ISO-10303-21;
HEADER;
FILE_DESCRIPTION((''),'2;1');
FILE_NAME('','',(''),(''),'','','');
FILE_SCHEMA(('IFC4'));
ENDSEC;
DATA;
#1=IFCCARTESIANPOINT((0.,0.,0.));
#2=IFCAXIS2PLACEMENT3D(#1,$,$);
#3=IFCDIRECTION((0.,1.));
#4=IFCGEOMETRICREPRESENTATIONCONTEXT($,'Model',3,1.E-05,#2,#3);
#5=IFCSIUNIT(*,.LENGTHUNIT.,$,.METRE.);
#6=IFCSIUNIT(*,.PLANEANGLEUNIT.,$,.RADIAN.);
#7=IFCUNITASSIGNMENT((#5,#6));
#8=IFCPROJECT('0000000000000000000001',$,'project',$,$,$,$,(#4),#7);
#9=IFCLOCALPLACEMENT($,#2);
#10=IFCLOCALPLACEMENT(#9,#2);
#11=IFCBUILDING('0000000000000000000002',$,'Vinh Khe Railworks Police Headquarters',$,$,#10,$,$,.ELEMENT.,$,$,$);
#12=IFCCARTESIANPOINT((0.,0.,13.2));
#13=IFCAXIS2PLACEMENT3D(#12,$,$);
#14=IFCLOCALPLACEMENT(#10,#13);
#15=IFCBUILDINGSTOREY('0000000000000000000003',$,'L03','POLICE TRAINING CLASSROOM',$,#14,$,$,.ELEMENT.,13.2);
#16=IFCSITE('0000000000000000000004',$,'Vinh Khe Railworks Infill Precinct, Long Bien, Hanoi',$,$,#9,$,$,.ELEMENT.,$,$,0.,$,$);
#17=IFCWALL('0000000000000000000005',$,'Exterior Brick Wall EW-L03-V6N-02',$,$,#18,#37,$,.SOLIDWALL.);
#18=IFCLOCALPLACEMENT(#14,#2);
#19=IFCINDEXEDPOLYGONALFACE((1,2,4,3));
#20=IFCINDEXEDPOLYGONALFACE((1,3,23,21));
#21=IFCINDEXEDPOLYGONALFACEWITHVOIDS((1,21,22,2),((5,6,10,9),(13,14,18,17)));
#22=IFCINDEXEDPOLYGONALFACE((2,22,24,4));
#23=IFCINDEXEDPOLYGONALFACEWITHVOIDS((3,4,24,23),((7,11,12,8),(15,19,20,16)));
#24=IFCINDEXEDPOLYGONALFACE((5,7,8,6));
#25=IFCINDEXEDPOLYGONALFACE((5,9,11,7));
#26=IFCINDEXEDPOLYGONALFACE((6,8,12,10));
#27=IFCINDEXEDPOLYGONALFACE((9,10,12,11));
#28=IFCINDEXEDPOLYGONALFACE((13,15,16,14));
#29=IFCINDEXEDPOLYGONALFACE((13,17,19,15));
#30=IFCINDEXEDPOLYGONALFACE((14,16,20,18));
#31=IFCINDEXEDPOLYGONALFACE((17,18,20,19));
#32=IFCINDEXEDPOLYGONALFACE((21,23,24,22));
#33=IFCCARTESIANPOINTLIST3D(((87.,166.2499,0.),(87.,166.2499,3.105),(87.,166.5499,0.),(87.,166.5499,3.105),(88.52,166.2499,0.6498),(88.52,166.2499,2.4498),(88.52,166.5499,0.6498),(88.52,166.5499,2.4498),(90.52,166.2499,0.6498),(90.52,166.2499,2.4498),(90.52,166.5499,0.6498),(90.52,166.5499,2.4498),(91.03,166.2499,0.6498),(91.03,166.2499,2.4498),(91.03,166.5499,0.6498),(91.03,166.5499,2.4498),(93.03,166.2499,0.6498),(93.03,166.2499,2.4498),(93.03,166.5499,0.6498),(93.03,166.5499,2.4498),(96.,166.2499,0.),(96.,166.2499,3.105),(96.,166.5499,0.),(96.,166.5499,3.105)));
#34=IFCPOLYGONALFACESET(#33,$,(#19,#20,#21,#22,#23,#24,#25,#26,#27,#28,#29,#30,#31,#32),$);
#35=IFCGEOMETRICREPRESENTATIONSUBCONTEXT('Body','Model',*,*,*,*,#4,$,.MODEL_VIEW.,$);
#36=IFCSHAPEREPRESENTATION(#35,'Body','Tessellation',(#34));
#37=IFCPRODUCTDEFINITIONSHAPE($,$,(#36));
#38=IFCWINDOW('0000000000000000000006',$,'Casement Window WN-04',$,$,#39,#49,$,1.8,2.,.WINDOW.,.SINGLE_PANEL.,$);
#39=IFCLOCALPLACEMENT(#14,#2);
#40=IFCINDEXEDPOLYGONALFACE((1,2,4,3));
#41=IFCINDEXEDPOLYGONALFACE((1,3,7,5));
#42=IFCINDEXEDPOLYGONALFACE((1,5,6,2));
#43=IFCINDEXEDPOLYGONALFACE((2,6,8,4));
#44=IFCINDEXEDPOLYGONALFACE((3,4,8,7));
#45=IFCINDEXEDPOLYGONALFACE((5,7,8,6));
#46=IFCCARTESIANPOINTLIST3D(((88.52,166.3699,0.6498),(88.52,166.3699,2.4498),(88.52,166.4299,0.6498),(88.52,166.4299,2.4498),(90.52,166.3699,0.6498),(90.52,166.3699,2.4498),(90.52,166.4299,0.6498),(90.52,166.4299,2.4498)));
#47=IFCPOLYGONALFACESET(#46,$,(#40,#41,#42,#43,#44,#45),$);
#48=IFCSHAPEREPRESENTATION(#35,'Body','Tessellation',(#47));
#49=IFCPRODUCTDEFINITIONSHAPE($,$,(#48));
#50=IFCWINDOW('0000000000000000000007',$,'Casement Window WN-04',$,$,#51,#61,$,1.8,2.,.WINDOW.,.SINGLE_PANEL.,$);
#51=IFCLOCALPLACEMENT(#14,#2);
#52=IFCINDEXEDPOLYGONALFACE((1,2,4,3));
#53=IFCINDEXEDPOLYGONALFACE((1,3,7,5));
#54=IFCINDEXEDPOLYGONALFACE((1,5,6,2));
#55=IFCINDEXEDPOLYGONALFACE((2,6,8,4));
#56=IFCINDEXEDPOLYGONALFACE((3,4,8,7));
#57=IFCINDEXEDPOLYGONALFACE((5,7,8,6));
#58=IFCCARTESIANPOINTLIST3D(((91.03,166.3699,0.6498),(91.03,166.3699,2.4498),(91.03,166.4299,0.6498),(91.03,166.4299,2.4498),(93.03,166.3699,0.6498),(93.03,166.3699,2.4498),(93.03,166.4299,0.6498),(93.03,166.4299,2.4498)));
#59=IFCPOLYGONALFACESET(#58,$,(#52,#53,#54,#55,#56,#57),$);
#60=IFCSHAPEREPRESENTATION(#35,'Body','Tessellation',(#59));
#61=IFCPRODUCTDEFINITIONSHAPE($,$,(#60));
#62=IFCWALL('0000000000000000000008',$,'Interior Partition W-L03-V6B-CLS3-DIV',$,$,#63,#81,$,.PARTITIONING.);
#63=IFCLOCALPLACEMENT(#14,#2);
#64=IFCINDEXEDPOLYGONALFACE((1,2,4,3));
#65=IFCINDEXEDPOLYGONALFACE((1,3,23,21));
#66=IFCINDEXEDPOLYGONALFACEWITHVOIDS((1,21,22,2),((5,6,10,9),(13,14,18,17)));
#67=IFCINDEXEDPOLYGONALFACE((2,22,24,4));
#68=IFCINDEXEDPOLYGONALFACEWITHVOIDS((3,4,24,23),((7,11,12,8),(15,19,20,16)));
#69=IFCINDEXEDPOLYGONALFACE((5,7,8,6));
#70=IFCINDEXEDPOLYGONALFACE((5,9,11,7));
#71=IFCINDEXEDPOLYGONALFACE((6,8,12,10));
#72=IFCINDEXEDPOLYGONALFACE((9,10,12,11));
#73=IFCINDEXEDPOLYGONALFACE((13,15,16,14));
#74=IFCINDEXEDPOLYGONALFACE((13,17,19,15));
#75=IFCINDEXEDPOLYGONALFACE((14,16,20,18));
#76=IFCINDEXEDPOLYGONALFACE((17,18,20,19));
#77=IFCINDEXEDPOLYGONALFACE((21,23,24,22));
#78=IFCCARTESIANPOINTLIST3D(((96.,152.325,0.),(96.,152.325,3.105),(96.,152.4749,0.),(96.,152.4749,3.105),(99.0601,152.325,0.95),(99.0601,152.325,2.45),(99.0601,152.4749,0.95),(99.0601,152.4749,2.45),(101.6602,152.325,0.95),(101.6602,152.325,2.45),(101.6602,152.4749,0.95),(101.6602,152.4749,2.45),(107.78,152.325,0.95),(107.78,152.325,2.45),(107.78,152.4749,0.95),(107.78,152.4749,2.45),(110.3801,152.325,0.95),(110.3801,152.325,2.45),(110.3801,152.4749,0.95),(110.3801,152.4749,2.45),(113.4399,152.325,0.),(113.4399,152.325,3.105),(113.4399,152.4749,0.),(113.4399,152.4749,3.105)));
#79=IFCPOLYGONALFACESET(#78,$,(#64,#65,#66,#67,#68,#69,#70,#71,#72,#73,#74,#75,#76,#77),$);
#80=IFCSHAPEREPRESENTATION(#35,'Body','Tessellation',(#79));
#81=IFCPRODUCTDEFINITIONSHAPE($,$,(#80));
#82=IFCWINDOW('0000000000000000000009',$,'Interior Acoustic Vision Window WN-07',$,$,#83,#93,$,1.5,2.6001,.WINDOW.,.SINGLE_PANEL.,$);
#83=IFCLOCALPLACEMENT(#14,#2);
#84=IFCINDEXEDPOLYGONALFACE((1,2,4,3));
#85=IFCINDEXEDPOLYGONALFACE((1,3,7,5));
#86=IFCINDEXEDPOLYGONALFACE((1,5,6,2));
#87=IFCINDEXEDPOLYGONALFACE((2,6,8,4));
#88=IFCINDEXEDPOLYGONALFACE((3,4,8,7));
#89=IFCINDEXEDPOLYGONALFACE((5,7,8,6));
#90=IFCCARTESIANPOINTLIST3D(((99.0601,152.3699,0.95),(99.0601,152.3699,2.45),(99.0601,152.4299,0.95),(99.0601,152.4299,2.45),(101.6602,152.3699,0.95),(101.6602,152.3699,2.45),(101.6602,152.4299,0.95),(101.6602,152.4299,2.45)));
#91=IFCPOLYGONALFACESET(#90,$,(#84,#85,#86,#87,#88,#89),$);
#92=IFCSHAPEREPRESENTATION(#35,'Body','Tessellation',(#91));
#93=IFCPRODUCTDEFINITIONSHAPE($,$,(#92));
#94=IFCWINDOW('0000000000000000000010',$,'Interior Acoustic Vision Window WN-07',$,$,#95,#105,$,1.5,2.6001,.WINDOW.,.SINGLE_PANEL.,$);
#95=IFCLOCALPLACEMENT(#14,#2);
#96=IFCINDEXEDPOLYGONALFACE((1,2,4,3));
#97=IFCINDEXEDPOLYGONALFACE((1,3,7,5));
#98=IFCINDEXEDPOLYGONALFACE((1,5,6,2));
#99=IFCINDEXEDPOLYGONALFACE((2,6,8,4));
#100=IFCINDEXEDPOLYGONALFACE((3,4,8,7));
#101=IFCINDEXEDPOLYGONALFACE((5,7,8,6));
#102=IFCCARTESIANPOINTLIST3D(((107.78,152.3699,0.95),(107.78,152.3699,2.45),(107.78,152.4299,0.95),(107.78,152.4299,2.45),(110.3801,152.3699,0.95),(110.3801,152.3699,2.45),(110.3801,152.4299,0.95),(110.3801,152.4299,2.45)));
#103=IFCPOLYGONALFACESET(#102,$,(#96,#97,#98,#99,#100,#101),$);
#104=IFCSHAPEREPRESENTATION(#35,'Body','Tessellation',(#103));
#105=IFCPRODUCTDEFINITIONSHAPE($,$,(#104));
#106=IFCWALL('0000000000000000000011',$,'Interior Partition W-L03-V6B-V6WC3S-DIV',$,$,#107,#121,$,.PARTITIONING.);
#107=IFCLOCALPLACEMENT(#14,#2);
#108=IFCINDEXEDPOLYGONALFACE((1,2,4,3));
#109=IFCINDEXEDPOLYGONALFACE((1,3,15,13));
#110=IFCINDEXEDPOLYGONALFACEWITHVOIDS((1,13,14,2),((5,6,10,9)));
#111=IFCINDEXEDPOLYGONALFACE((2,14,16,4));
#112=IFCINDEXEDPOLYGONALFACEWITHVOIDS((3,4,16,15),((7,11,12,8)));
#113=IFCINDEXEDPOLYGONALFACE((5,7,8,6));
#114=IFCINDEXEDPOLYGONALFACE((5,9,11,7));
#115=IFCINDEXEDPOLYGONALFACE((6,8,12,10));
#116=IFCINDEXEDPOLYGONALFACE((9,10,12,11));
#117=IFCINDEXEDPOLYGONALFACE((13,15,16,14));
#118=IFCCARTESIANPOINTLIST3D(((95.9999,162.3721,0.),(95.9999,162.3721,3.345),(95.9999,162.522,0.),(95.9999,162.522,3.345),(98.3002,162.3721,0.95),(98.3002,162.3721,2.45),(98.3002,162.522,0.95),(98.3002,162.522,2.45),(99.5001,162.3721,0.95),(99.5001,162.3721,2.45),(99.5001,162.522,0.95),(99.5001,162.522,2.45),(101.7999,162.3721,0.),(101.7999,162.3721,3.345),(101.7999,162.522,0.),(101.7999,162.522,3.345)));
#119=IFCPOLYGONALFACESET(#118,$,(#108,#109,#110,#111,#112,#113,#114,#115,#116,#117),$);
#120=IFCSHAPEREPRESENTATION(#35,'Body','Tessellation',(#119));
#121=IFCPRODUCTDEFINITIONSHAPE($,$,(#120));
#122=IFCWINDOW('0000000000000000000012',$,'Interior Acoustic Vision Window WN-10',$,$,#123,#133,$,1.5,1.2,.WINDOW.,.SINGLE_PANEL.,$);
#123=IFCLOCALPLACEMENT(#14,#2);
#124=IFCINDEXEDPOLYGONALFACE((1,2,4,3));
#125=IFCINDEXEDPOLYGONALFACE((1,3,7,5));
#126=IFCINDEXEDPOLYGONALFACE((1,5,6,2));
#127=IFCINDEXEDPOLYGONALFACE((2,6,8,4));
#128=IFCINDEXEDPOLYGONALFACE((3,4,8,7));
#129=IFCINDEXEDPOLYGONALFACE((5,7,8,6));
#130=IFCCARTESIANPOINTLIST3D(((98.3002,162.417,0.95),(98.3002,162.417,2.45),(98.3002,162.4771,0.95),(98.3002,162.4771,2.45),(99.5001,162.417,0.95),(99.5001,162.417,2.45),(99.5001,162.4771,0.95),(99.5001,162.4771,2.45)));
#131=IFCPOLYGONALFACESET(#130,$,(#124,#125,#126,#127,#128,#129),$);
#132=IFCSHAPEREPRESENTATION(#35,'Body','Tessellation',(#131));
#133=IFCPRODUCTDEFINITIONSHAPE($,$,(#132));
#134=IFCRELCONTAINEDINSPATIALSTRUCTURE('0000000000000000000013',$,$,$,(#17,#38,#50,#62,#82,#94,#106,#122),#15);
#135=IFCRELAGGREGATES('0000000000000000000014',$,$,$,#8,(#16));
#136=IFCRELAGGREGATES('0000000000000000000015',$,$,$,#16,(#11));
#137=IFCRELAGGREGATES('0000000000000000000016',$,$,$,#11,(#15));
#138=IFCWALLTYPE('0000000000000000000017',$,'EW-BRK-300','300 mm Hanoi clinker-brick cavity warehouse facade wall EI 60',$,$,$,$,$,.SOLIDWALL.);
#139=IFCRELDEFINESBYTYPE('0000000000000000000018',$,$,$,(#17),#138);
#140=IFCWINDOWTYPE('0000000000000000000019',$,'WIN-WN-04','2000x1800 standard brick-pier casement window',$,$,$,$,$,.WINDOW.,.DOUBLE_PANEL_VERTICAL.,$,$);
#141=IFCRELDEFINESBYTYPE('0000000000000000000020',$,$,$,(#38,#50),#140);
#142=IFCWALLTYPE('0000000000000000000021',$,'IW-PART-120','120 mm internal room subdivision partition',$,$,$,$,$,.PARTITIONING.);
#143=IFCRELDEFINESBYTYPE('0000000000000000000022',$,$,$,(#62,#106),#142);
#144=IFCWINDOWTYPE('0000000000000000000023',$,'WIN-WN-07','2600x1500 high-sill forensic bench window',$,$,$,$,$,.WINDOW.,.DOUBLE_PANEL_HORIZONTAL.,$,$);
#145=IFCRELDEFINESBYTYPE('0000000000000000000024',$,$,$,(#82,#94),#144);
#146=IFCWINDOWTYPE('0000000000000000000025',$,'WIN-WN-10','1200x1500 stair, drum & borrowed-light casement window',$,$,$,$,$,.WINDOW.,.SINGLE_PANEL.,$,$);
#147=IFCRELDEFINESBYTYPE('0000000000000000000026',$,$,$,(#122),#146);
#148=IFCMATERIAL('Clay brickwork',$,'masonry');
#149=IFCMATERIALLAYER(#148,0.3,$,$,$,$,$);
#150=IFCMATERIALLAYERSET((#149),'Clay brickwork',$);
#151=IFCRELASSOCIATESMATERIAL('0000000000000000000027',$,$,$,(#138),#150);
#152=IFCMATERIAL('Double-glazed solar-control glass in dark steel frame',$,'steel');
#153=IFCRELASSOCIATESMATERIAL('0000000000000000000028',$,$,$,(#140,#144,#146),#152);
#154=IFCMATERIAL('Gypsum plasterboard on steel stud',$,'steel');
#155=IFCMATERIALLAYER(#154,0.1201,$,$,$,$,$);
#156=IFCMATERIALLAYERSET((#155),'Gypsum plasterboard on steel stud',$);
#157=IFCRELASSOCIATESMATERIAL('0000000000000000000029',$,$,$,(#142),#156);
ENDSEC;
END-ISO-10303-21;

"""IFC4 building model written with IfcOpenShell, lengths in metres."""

from ifc_helpers import new_model, si_unit, direction, frame, frame_2d, origin, place, context, subcontext, project, spatial, rectangle, extrude, material, layer, layer_set, type_object, element, fill, save


model = new_model("IFC4")

# Units and contexts
model_context = context("Model", 3, precision=1e-05, world=origin(), true_north=direction((0.0, 1.0)))
body_context = subcontext(model_context, "Body", "Model", "MODEL_VIEW")
ifc_project = project(units=[si_unit("LENGTHUNIT", "METRE"), si_unit("PLANEANGLEUNIT", "RADIAN")], contexts=[model_context])

# Site, building, storey
site_placement = place(None, origin())
site = spatial("IfcSite", under=ifc_project, at=site_placement, Name="Vinh Khe Railworks Infill Precinct, Long Bien, Hanoi", CompositionType="ELEMENT", RefElevation=0.0)
building_placement = place(site_placement, origin())
building = spatial("IfcBuilding", under=site, at=building_placement, Name="Vinh Khe Railworks Police Headquarters", CompositionType="ELEMENT")
storey_placement = place(building_placement, frame((0.0, 0.0, 13.2)))
storey = spatial("IfcBuildingStorey", under=building, at=storey_placement, Name="L03", Description="POLICE TRAINING CLASSROOM", CompositionType="ELEMENT", Elevation=13.2)

# Walls, openings, windows
ifc_material_1 = material(Name="Clay brickwork", Category="masonry")
ifc_layer_1 = layer(ifc_material_1, 0.3)
ifc_layer_set_1 = layer_set([ifc_layer_1], Name="Clay brickwork")
wall_type_1 = type_object("IfcWallType", Name="EW-BRK-300", Description="300 mm Hanoi clinker-brick cavity warehouse facade wall EI 60", PredefinedType="SOLIDWALL", material=ifc_layer_set_1)
wall_1_placement = place(storey_placement, frame((87.0, 166.3999, 0.0), z_axis=(0.0, 0.0, 1.0), x_axis=(1.0, 0.0, 0.0)))
wall_1 = element("IfcWall", 1, at=wall_1_placement, inside=storey, type_object=wall_type_1, Name="Exterior Brick Wall EW-L03-V6N-02", PredefinedType="SOLIDWALL", context=body_context, shape_type="SweptSolid", body=[
    extrude(rectangle(XDim=9.0, YDim=0.3, at=frame_2d((4.5, 0.0))), origin(), (0.0, 0.0, 1.0), 3.105),
])
opening_1_placement = place(wall_1_placement, frame((1.52, 0.0, 0.6499)))
opening_1 = element("IfcOpeningElement", 2, at=opening_1_placement, cuts=wall_1, PredefinedType="OPENING", context=body_context, shape_type="SweptSolid", body=[
    extrude(rectangle(XDim=2.0, YDim=1.8, at=frame_2d((1.0, 0.8999))), frame((0.0, 0.165, 0.0), z_axis=(0.0, -1.0, 0.0), x_axis=(1.0, 0.0, 0.0)), (0.0, 0.0, 1.0), 0.3298),
])
opening_2_placement = place(wall_1_placement, frame((4.03, 0.0, 0.6499)))
opening_2 = element("IfcOpeningElement", 3, at=opening_2_placement, cuts=wall_1, PredefinedType="OPENING", context=body_context, shape_type="SweptSolid", body=[
    extrude(rectangle(XDim=2.0, YDim=1.8, at=frame_2d((1.0, 0.8999))), frame((0.0, 0.165, 0.0), z_axis=(0.0, -1.0, 0.0), x_axis=(1.0, 0.0, 0.0)), (0.0, 0.0, 1.0), 0.3298),
])
ifc_material_2 = material(Name="Double-glazed solar-control glass in dark steel frame", Category="steel")
window_type_1 = type_object("IfcWindowType", Name="WIN-WN-04", Description="2000x1800 standard brick-pier casement window", PartitioningType="DOUBLE_PANEL_VERTICAL", PredefinedType="WINDOW", material=ifc_material_2)
window_1_placement = place(opening_1_placement, origin())
window_1 = element("IfcWindow", 4, at=window_1_placement, inside=storey, type_object=window_type_1, Name="Casement Window WN-04", OverallHeight=1.8, OverallWidth=2.0, PartitioningType="SINGLE_PANEL", PredefinedType="WINDOW", context=body_context, shape_type="SweptSolid", body=[
    extrude(rectangle(XDim=2.0, YDim=1.8, at=frame_2d((1.0, 0.8999))), frame((0.0, 0.03, 0.0), z_axis=(0.0, -1.0, 0.0), x_axis=(1.0, 0.0, 0.0)), (0.0, 0.0, 1.0), 0.0601),
])
fill(opening_1, window_1)
window_2_placement = place(opening_2_placement, origin())
window_2 = element("IfcWindow", 5, at=window_2_placement, inside=storey, type_object=window_type_1, Name="Casement Window WN-04", OverallHeight=1.8, OverallWidth=2.0, PartitioningType="SINGLE_PANEL", PredefinedType="WINDOW", context=body_context, shape_type="SweptSolid", body=[
    extrude(rectangle(XDim=2.0, YDim=1.8, at=frame_2d((1.0, 0.8999))), frame((0.0, 0.03, 0.0), z_axis=(0.0, -1.0, 0.0), x_axis=(1.0, 0.0, 0.0)), (0.0, 0.0, 1.0), 0.0601),
])
fill(opening_2, window_2)
ifc_material_3 = material(Name="Gypsum plasterboard on steel stud", Category="steel")
ifc_layer_2 = layer(ifc_material_3, 0.1201)
ifc_layer_set_2 = layer_set([ifc_layer_2], Name="Gypsum plasterboard on steel stud")
wall_type_2 = type_object("IfcWallType", Name="IW-PART-120", Description="120 mm internal room subdivision partition", PredefinedType="PARTITIONING", material=ifc_layer_set_2)
wall_2_placement = place(storey_placement, frame((96.0, 152.3999, 0.0), z_axis=(0.0, 0.0, 1.0), x_axis=(1.0, 0.0, 0.0)))
wall_2 = element("IfcWall", 6, at=wall_2_placement, inside=storey, type_object=wall_type_2, Name="Interior Partition W-L03-V6B-CLS3-DIV", PredefinedType="PARTITIONING", context=body_context, shape_type="SweptSolid", body=[
    extrude(rectangle(XDim=17.4399, YDim=0.1499, at=frame_2d((8.72, 0.0))), origin(), (0.0, 0.0, 1.0), 3.105),
])
opening_3_placement = place(wall_2_placement, frame((3.0601, 0.0, 0.95)))
opening_3 = element("IfcOpeningElement", 7, at=opening_3_placement, cuts=wall_2, PredefinedType="OPENING", context=body_context, shape_type="SweptSolid", body=[
    extrude(rectangle(XDim=2.6001, YDim=1.5, at=frame_2d((1.3, 0.75))), frame((0.0, 0.0898, 0.0), z_axis=(0.0, -1.0, 0.0), x_axis=(1.0, 0.0, 0.0)), (0.0, 0.0, 1.0), 0.1797),
])
opening_4_placement = place(wall_2_placement, frame((11.78, 0.0, 0.95)))
opening_4 = element("IfcOpeningElement", 8, at=opening_4_placement, cuts=wall_2, PredefinedType="OPENING", context=body_context, shape_type="SweptSolid", body=[
    extrude(rectangle(XDim=2.6001, YDim=1.5, at=frame_2d((1.3, 0.75))), frame((0.0, 0.0898, 0.0), z_axis=(0.0, -1.0, 0.0), x_axis=(1.0, 0.0, 0.0)), (0.0, 0.0, 1.0), 0.1797),
])
window_type_2 = type_object("IfcWindowType", Name="WIN-WN-07", Description="2600x1500 high-sill forensic bench window", PartitioningType="DOUBLE_PANEL_HORIZONTAL", PredefinedType="WINDOW", material=ifc_material_2)
window_3_placement = place(opening_3_placement, origin())
window_3 = element("IfcWindow", 9, at=window_3_placement, inside=storey, type_object=window_type_2, Name="Interior Acoustic Vision Window WN-07", OverallHeight=1.5, OverallWidth=2.6001, PartitioningType="SINGLE_PANEL", PredefinedType="WINDOW", context=body_context, shape_type="SweptSolid", body=[
    extrude(rectangle(XDim=2.6001, YDim=1.5, at=frame_2d((1.3, 0.75))), frame((0.0, 0.03, 0.0), z_axis=(0.0, -1.0, 0.0), x_axis=(1.0, 0.0, 0.0)), (0.0, 0.0, 1.0), 0.0601),
])
fill(opening_3, window_3)
window_4_placement = place(opening_4_placement, origin())
window_4 = element("IfcWindow", 10, at=window_4_placement, inside=storey, type_object=window_type_2, Name="Interior Acoustic Vision Window WN-07", OverallHeight=1.5, OverallWidth=2.6001, PartitioningType="SINGLE_PANEL", PredefinedType="WINDOW", context=body_context, shape_type="SweptSolid", body=[
    extrude(rectangle(XDim=2.6001, YDim=1.5, at=frame_2d((1.3, 0.75))), frame((0.0, 0.03, 0.0), z_axis=(0.0, -1.0, 0.0), x_axis=(1.0, 0.0, 0.0)), (0.0, 0.0, 1.0), 0.0601),
])
fill(opening_4, window_4)

# Wall, opening, window
wall_3_placement = place(storey_placement, frame((96.0, 162.447, 0.0), z_axis=(0.0, 0.0, 1.0), x_axis=(1.0, 0.0, 0.0)))
wall_3 = element("IfcWall", 11, at=wall_3_placement, inside=storey, type_object=wall_type_2, Name="Interior Partition W-L03-V6B-V6WC3S-DIV", PredefinedType="PARTITIONING", context=body_context, shape_type="SweptSolid", body=[
    extrude(rectangle(XDim=5.8, YDim=0.1499, at=frame_2d((2.8999, 0.0))), origin(), (0.0, 0.0, 1.0), 3.345),
])
opening_5_placement = place(wall_3_placement, frame((2.3, 0.0, 0.95)))
opening_5 = element("IfcOpeningElement", 12, at=opening_5_placement, cuts=wall_3, PredefinedType="OPENING", context=body_context, shape_type="SweptSolid", body=[
    extrude(rectangle(XDim=1.2, YDim=1.5, at=frame_2d((0.6001, 0.75))), frame((0.0, 0.0898, 0.0), z_axis=(0.0, -1.0, 0.0), x_axis=(1.0, 0.0, 0.0)), (0.0, 0.0, 1.0), 0.1797),
])
window_type_3 = type_object("IfcWindowType", Name="WIN-WN-10", Description="1200x1500 stair, drum & borrowed-light casement window", PartitioningType="SINGLE_PANEL", PredefinedType="WINDOW", material=ifc_material_2)
window_5_placement = place(opening_5_placement, origin())
window_5 = element("IfcWindow", 13, at=window_5_placement, inside=storey, type_object=window_type_3, Name="Interior Acoustic Vision Window WN-10", OverallHeight=1.5, OverallWidth=1.2, PartitioningType="SINGLE_PANEL", PredefinedType="WINDOW", context=body_context, shape_type="SweptSolid", body=[
    extrude(rectangle(XDim=1.2, YDim=1.5, at=frame_2d((0.6001, 0.75))), frame((0.0, 0.03, 0.0), z_axis=(0.0, -1.0, 0.0), x_axis=(1.0, 0.0, 0.0)), (0.0, 0.0, 1.0), 0.0601),
])
fill(opening_5, window_5)

save(model, "model.ifc")
